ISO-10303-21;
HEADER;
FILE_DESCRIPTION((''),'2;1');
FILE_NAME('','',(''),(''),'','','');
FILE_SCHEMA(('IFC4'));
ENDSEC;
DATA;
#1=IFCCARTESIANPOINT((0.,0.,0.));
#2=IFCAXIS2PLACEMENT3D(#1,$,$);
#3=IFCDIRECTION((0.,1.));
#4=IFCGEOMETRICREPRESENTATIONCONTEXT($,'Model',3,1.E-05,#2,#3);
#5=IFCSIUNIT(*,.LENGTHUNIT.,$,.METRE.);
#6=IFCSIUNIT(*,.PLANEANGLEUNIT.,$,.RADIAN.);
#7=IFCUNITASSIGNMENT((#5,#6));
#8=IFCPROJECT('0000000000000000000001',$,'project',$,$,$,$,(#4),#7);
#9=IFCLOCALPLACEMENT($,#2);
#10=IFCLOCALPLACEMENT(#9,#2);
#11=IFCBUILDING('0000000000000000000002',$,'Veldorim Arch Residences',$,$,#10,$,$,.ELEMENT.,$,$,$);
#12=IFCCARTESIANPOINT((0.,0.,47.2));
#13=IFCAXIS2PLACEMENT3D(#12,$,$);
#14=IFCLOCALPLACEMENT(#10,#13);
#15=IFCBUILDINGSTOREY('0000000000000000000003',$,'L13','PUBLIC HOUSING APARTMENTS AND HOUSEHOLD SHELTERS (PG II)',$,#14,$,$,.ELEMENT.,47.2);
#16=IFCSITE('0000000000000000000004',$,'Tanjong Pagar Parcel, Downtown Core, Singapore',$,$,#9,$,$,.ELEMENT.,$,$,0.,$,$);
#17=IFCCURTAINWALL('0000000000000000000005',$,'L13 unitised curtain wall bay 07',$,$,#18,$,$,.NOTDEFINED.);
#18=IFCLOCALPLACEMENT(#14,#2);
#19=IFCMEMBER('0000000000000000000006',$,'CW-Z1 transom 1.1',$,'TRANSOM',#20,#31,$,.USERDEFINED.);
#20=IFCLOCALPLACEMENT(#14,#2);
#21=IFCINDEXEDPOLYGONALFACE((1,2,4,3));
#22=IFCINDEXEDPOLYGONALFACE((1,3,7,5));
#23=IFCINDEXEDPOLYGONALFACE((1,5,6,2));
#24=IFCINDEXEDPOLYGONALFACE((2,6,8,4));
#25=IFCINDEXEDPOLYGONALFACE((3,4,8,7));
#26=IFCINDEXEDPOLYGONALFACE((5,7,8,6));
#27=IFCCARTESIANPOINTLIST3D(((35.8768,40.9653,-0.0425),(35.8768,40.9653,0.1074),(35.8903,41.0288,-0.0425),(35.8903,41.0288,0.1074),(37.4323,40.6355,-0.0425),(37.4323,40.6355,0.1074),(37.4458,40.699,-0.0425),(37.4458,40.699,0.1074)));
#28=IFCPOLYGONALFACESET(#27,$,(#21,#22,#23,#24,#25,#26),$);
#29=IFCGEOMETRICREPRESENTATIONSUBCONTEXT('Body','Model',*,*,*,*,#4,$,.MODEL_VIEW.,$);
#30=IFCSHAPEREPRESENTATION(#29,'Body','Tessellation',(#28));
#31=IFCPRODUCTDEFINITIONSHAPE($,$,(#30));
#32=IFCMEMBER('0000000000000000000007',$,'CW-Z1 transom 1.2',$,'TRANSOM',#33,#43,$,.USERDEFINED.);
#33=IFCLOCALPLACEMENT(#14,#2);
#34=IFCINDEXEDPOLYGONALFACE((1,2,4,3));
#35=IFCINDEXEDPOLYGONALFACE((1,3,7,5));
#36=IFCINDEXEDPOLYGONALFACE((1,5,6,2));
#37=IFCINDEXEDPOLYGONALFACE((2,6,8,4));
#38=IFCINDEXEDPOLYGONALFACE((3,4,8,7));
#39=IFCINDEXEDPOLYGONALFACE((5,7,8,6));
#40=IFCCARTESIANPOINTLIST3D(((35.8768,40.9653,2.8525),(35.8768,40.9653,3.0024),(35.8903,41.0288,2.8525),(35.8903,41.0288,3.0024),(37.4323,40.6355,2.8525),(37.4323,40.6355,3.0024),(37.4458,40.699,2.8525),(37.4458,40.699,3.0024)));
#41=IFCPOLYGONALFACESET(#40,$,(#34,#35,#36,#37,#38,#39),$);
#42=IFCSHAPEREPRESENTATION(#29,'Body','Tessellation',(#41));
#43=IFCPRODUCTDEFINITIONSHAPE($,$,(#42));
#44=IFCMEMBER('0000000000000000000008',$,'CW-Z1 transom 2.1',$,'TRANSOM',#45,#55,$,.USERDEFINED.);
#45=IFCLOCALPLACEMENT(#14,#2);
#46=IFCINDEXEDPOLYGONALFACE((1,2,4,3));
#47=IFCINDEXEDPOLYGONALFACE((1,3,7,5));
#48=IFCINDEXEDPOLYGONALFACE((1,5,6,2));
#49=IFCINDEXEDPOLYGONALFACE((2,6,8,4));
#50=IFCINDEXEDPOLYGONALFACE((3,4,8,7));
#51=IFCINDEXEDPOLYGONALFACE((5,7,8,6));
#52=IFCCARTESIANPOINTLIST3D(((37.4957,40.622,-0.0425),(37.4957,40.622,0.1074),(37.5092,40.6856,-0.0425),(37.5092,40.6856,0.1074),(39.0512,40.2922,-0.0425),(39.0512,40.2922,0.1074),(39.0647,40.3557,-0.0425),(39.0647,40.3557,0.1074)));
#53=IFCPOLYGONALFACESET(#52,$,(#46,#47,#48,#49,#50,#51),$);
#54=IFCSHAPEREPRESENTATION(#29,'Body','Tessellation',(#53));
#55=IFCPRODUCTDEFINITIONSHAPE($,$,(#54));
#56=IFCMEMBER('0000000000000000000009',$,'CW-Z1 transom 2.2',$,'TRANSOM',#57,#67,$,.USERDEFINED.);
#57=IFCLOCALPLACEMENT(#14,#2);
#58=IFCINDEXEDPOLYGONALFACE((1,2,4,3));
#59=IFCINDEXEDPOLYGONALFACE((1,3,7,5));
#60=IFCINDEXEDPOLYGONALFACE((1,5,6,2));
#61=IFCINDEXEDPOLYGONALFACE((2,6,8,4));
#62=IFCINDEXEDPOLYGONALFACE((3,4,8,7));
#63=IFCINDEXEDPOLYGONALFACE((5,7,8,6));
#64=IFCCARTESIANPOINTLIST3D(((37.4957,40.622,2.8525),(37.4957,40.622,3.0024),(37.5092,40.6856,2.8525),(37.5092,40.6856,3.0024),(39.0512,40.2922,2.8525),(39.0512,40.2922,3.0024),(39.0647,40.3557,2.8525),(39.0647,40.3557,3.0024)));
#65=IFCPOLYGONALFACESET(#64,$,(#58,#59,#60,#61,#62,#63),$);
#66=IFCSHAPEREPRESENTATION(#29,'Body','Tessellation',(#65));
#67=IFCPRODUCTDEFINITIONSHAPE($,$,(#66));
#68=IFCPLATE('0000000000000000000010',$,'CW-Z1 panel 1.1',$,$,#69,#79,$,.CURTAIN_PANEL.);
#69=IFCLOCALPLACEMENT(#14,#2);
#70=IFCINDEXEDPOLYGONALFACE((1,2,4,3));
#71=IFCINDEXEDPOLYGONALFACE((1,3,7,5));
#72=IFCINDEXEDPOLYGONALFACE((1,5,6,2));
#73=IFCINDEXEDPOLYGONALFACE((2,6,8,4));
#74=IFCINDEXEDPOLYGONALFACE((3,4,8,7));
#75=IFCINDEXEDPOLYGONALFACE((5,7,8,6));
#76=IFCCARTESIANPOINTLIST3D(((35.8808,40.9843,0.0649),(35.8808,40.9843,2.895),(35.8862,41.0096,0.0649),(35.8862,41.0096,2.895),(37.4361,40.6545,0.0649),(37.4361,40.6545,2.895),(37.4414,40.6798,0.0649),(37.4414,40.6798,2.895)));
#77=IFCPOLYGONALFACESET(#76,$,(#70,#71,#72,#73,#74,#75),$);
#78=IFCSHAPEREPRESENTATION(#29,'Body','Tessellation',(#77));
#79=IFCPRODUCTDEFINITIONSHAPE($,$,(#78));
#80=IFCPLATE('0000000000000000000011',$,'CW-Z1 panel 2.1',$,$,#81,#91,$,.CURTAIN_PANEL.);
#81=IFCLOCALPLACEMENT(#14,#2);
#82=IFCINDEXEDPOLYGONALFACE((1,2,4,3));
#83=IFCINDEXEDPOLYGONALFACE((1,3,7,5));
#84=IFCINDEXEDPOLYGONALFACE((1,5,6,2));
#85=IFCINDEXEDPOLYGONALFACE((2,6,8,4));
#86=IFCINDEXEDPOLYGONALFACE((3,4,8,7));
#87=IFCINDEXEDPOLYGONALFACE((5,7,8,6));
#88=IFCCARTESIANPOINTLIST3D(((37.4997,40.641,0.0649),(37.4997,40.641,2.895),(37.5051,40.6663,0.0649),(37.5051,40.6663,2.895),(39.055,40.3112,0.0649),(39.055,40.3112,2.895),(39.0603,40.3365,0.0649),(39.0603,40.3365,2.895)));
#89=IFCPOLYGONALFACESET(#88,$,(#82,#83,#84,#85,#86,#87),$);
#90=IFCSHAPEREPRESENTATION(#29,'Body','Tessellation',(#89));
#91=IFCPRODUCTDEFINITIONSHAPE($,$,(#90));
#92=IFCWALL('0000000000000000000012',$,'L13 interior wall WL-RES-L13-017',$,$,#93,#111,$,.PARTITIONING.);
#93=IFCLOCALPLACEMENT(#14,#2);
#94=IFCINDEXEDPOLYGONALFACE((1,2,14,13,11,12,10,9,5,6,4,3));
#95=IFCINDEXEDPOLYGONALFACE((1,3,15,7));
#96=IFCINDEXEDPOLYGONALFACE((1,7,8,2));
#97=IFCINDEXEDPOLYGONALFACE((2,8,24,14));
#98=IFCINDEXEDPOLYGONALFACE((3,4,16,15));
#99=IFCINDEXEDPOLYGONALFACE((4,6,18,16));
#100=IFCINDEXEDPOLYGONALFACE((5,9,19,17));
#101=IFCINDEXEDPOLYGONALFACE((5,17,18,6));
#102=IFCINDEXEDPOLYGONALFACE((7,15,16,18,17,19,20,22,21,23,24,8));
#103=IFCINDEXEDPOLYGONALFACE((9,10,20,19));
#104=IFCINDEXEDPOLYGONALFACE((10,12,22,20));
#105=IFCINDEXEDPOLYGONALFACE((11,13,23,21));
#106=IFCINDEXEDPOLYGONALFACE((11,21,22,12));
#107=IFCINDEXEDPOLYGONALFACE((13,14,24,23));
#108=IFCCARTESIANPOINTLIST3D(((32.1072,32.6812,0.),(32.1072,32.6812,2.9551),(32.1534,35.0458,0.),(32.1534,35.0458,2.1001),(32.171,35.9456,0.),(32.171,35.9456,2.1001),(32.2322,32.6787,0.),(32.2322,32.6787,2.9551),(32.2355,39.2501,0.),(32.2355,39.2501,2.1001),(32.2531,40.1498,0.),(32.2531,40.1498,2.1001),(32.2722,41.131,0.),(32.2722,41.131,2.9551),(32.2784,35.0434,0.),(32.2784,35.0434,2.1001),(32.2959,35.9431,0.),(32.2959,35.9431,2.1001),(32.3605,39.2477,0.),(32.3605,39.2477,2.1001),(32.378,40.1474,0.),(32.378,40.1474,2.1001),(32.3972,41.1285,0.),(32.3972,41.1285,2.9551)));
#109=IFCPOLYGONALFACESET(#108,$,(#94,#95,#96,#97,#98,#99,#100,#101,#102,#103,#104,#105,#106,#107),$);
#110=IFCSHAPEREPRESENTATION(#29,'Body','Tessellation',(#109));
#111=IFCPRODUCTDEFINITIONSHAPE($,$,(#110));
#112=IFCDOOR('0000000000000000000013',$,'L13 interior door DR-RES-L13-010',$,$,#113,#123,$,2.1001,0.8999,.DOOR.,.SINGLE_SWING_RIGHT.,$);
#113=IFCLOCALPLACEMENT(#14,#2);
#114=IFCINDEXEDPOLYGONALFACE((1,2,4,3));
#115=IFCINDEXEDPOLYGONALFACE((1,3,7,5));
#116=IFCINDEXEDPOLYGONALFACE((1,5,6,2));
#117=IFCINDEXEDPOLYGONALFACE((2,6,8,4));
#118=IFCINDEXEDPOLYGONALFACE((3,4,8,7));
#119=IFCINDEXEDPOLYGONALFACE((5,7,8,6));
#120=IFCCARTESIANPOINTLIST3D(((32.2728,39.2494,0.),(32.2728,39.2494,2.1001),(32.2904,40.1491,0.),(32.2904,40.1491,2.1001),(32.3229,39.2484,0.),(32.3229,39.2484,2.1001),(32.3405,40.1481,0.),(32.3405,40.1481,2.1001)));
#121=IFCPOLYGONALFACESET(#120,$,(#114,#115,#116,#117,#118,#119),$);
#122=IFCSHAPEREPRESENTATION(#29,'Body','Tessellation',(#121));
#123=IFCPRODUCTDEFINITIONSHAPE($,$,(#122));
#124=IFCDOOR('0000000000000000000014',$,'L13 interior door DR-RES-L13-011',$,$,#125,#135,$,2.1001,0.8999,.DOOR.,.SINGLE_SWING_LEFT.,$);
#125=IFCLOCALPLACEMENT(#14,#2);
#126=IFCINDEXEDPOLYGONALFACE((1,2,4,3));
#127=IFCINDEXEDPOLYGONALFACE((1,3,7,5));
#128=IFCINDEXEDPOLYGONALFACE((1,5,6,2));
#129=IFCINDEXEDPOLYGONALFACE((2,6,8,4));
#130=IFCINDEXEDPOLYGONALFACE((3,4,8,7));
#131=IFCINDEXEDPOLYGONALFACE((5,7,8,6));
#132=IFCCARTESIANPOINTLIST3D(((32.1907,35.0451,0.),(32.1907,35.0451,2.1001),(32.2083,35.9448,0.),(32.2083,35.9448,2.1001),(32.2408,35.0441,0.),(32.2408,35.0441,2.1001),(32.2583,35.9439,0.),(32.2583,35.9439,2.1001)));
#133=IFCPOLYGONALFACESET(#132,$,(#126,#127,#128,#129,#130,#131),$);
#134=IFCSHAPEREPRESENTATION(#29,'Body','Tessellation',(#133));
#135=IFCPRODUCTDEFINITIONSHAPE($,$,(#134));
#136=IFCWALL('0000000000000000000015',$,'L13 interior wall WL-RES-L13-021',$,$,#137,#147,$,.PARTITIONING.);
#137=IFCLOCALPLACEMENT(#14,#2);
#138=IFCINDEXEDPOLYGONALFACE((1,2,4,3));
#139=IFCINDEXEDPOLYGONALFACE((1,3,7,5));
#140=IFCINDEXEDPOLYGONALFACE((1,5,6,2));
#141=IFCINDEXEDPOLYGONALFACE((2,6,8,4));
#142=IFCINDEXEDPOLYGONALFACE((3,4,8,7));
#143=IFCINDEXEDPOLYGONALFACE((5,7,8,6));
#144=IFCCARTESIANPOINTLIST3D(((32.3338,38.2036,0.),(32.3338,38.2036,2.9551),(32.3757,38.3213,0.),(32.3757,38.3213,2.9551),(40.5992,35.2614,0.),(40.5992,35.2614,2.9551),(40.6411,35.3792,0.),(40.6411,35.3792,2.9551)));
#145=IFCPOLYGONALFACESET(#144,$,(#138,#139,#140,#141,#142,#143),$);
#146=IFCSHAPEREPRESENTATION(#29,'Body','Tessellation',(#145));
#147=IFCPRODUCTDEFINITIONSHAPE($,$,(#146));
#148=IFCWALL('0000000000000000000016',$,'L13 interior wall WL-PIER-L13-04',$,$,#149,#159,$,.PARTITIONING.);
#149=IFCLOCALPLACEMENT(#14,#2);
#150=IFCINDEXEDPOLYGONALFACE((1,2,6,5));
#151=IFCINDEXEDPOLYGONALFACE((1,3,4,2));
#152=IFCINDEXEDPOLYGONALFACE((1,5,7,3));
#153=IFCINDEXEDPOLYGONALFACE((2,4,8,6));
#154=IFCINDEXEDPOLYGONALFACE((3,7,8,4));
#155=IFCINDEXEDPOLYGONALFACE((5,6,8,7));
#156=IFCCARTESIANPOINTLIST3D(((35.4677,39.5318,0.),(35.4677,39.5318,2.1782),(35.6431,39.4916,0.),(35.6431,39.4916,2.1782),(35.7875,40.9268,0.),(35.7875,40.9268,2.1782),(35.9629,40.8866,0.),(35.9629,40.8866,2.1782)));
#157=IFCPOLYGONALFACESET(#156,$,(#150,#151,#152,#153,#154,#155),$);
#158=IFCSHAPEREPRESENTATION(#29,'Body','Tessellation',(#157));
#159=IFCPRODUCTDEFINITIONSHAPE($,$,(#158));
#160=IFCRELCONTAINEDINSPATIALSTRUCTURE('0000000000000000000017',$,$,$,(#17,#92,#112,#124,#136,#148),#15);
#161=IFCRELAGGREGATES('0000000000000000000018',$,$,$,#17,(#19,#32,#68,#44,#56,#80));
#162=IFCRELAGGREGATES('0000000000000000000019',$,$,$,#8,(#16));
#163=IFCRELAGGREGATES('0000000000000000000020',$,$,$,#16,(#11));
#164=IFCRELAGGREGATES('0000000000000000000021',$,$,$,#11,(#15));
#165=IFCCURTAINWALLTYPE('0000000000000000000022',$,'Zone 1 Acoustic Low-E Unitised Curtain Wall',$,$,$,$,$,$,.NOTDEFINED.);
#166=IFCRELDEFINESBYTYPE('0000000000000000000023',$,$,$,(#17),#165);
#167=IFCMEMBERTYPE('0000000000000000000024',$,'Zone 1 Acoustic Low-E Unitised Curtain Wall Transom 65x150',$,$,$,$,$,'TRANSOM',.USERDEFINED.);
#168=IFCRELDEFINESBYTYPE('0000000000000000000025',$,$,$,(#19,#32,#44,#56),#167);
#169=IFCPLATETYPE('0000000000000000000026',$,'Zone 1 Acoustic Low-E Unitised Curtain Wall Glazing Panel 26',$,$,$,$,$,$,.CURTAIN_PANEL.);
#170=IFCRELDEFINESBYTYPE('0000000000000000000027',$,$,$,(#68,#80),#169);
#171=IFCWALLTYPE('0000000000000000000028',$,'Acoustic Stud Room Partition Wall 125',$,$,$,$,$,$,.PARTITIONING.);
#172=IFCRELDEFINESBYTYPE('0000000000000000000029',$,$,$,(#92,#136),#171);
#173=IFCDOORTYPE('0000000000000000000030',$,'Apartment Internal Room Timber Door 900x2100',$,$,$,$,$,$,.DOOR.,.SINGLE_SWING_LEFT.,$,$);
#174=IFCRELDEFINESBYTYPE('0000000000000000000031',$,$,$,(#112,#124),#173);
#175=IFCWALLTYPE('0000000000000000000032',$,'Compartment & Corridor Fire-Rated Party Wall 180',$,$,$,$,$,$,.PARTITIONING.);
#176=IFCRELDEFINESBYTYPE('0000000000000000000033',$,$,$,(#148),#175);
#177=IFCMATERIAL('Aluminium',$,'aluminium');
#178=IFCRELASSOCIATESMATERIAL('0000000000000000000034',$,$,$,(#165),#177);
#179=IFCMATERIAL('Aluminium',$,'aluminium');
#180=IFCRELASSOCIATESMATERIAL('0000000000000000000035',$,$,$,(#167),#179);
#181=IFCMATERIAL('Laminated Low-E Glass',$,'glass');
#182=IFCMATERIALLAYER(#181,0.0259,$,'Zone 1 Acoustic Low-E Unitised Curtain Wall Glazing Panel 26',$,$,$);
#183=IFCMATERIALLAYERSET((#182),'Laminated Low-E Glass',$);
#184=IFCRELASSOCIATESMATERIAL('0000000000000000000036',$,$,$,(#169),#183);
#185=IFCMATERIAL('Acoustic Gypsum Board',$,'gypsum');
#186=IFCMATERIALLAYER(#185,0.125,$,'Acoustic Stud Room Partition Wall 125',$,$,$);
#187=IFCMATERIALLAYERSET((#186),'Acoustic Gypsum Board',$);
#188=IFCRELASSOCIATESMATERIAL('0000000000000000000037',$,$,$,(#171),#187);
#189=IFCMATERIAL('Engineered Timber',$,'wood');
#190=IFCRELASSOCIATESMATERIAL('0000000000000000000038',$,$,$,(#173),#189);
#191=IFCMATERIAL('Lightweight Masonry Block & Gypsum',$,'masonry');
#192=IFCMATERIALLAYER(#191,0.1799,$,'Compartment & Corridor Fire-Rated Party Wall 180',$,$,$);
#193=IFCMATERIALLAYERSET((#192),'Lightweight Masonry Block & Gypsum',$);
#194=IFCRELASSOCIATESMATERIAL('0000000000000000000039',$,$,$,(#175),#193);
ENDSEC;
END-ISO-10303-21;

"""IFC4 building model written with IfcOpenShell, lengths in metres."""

from ifc_helpers import new_model, si_unit, direction, frame, frame_2d, origin, origin_2d, place, context, subcontext, project, spatial, rectangle, extrude, material, layer, layer_set, material_profile, profile_set, type_object, element, fill, aggregate, save


model = new_model("IFC4")

# Units and contexts
model_context = context("Model", 3, precision=1e-05, world=origin(), true_north=direction((0.0, 1.0)))
body_context = subcontext(model_context, "Body", "Model", "MODEL_VIEW")
ifc_project = project(units=[si_unit("LENGTHUNIT", "METRE"), si_unit("PLANEANGLEUNIT", "RADIAN")], contexts=[model_context])

# Site, building, storey
site_placement = place(None, origin())
site = spatial("IfcSite", under=ifc_project, at=site_placement, Name="Tanjong Pagar Parcel, Downtown Core, Singapore", CompositionType="ELEMENT", RefElevation=0.0)
building_placement = place(site_placement, origin())
building = spatial("IfcBuilding", under=site, at=building_placement, Name="Veldorim Arch Residences", CompositionType="ELEMENT")
storey_placement = place(building_placement, frame((0.0, 0.0, 47.2)))
storey = spatial("IfcBuildingStorey", under=building, at=storey_placement, Name="L13", Description="PUBLIC HOUSING APARTMENTS AND HOUSEHOLD SHELTERS (PG II)", CompositionType="ELEMENT", Elevation=47.2)

# Curtain wall, members, plates
ifc_material_1 = material(Name="Aluminium", Category="aluminium")
curtain_wall_type = type_object("IfcCurtainWallType", Name="Zone 1 Acoustic Low-E Unitised Curtain Wall", PredefinedType="NOTDEFINED", material=ifc_material_1)
curtain_wall_placement = place(storey_placement, origin())
curtain_wall = element("IfcCurtainWall", 1, at=curtain_wall_placement, inside=storey, type_object=curtain_wall_type, Name="L13 unitised curtain wall bay 07", PredefinedType="NOTDEFINED")
ifc_material_2 = material(Name="Aluminium", Category="aluminium")
ifc_material_profile_1 = material_profile(ifc_material_2, rectangle(XDim=0.0649, YDim=0.1499, at=origin_2d()), Name="ALU_TRN_65x150")
ifc_profile_set_1 = profile_set([ifc_material_profile_1], Name="Aluminium")
member_type_1 = type_object("IfcMemberType", Name="Zone 1 Acoustic Low-E Unitised Curtain Wall Transom 65x150", ElementType="TRANSOM", PredefinedType="USERDEFINED", material=ifc_profile_set_1)
member_1_placement = place(storey_placement, frame((35.8835, 40.9971, 0.0325), z_axis=(0.978247, -0.207442, 0.0), x_axis=(0.207442, 0.978247, 0.0)))
member_1 = element("IfcMember", 2, at=member_1_placement, type_object=member_type_1, Name="CW-Z1 transom 1.1", ObjectType="TRANSOM", PredefinedType="USERDEFINED", context=body_context, shape_type="SweptSolid", body=[
    extrude(rectangle(XDim=0.0649, YDim=0.1499, at=origin_2d()), origin(), (0.0, 0.0, 1.0), 1.5901),
])
member_2_placement = place(storey_placement, frame((35.8835, 40.9971, 2.9275), z_axis=(0.978247, -0.207442, 0.0), x_axis=(0.207442, 0.978247, 0.0)))
member_2 = element("IfcMember", 3, at=member_2_placement, type_object=member_type_1, Name="CW-Z1 transom 1.2", ObjectType="TRANSOM", PredefinedType="USERDEFINED", context=body_context, shape_type="SweptSolid", body=[
    extrude(rectangle(XDim=0.0649, YDim=0.1499, at=origin_2d()), origin(), (0.0, 0.0, 1.0), 1.5901),
])
member_3_placement = place(storey_placement, frame((37.5024, 40.6538, 0.0325), z_axis=(0.978247, -0.207442, 0.0), x_axis=(0.207442, 0.978247, 0.0)))
member_3 = element("IfcMember", 4, at=member_3_placement, type_object=member_type_1, Name="CW-Z1 transom 2.1", ObjectType="TRANSOM", PredefinedType="USERDEFINED", context=body_context, shape_type="SweptSolid", body=[
    extrude(rectangle(XDim=0.0649, YDim=0.1499, at=origin_2d()), origin(), (0.0, 0.0, 1.0), 1.5901),
])
member_4_placement = place(storey_placement, frame((37.5024, 40.6538, 2.9275), z_axis=(0.978247, -0.207442, 0.0), x_axis=(0.207442, 0.978247, 0.0)))
member_4 = element("IfcMember", 5, at=member_4_placement, type_object=member_type_1, Name="CW-Z1 transom 2.2", ObjectType="TRANSOM", PredefinedType="USERDEFINED", context=body_context, shape_type="SweptSolid", body=[
    extrude(rectangle(XDim=0.0649, YDim=0.1499, at=origin_2d()), origin(), (0.0, 0.0, 1.0), 1.5901),
])
ifc_material_3 = material(Name="Laminated Low-E Glass", Category="glass")
ifc_layer_1 = layer(ifc_material_3, 0.0259, Name="Zone 1 Acoustic Low-E Unitised Curtain Wall Glazing Panel 26")
ifc_layer_set_1 = layer_set([ifc_layer_1], Name="Laminated Low-E Glass")
plate_type = type_object("IfcPlateType", Name="Zone 1 Acoustic Low-E Unitised Curtain Wall Glazing Panel 26", PredefinedType="CURTAIN_PANEL", material=ifc_layer_set_1)
plate_1_placement = place(storey_placement, frame((36.6611, 40.832, 0.0649), z_axis=(0.0, 0.0, 1.0), x_axis=(0.978247, -0.207442, 0.0)))
plate_1 = element("IfcPlate", 6, at=plate_1_placement, type_object=plate_type, Name="CW-Z1 panel 1.1", PredefinedType="CURTAIN_PANEL", context=body_context, shape_type="SweptSolid", body=[
    extrude(rectangle(XDim=1.5898, YDim=0.0259, at=origin_2d()), origin(), (0.0, 0.0, 1.0), 2.8301),
])
plate_2_placement = place(storey_placement, frame((38.28, 40.4888, 0.0649), z_axis=(0.0, 0.0, 1.0), x_axis=(0.978247, -0.207442, 0.0)))
plate_2 = element("IfcPlate", 7, at=plate_2_placement, type_object=plate_type, Name="CW-Z1 panel 2.1", PredefinedType="CURTAIN_PANEL", context=body_context, shape_type="SweptSolid", body=[
    extrude(rectangle(XDim=1.5898, YDim=0.0259, at=origin_2d()), origin(), (0.0, 0.0, 1.0), 2.8301),
])
aggregate(curtain_wall, [member_1, member_2, plate_1, member_3, member_4, plate_2])

# Wall, openings, doors
ifc_material_4 = material(Name="Acoustic Gypsum Board", Category="gypsum")
ifc_layer_2 = layer(ifc_material_4, 0.125, Name="Acoustic Stud Room Partition Wall 125")
ifc_layer_set_2 = layer_set([ifc_layer_2], Name="Acoustic Gypsum Board")
wall_type_1 = type_object("IfcWallType", Name="Acoustic Stud Room Partition Wall 125", PredefinedType="PARTITIONING", material=ifc_layer_set_2)
wall_1_placement = place(storey_placement, frame((32.3347, 41.1296, 0.0), z_axis=(0.0, 0.0, 1.0), x_axis=(-0.019528, -0.999809, 0.0)))
wall_1 = element("IfcWall", 8, at=wall_1_placement, inside=storey, type_object=wall_type_1, Name="L13 interior wall WL-RES-L13-017", PredefinedType="PARTITIONING", context=body_context, shape_type="SweptSolid", body=[
    extrude(rectangle(XDim=8.4514, YDim=0.125, at=frame_2d((4.2256, 0.0))), origin(), (0.0, 0.0, 1.0), 2.9551),
])
opening_1_placement = place(wall_1_placement, frame((0.9812, 0.0, 0.0)))
opening_1 = element("IfcOpeningElement", 9, at=opening_1_placement, cuts=wall_1, PredefinedType="OPENING", context=body_context, shape_type="SweptSolid", body=[
    extrude(rectangle(XDim=0.8999, YDim=2.1001, at=frame_2d((0.45, 1.05))), frame((0.0, 0.0725, 0.0), z_axis=(0.0, -1.0, 0.0), x_axis=(1.0, 0.0, 0.0)), (0.0, 0.0, 1.0), 0.145),
])
opening_2_placement = place(wall_1_placement, frame((5.1863, 0.0, 0.0)))
opening_2 = element("IfcOpeningElement", 10, at=opening_2_placement, cuts=wall_1, PredefinedType="OPENING", context=body_context, shape_type="SweptSolid", body=[
    extrude(rectangle(XDim=0.8999, YDim=2.1001, at=frame_2d((0.45, 1.05))), frame((0.0, 0.0725, 0.0), z_axis=(0.0, -1.0, 0.0), x_axis=(1.0, 0.0, 0.0)), (0.0, 0.0, 1.0), 0.145),
])
ifc_material_5 = material(Name="Engineered Timber", Category="wood")
door_type = type_object("IfcDoorType", Name="Apartment Internal Room Timber Door 900x2100", OperationType="SINGLE_SWING_LEFT", PredefinedType="DOOR", material=ifc_material_5)
door_1_placement = place(opening_1_placement, origin())
door_1 = element("IfcDoor", 11, at=door_1_placement, inside=storey, type_object=door_type, Name="L13 interior door DR-RES-L13-010", OperationType="SINGLE_SWING_RIGHT", OverallHeight=2.1001, OverallWidth=0.8999, PredefinedType="DOOR", context=body_context, shape_type="SweptSolid", body=[
    extrude(rectangle(XDim=0.8999, YDim=2.1001, at=frame_2d((0.45, 1.05))), frame((0.0, 0.0249, 0.0), z_axis=(0.0, -1.0, 0.0), x_axis=(1.0, 0.0, 0.0)), (0.0, 0.0, 1.0), 0.05),
])
fill(opening_1, door_1)
door_2_placement = place(opening_2_placement, origin())
door_2 = element("IfcDoor", 12, at=door_2_placement, inside=storey, type_object=door_type, Name="L13 interior door DR-RES-L13-011", OperationType="SINGLE_SWING_LEFT", OverallHeight=2.1001, OverallWidth=0.8999, PredefinedType="DOOR", context=body_context, shape_type="SweptSolid", body=[
    extrude(rectangle(XDim=0.8999, YDim=2.1001, at=frame_2d((0.45, 1.05))), frame((0.0, 0.0249, 0.0), z_axis=(0.0, -1.0, 0.0), x_axis=(1.0, 0.0, 0.0)), (0.0, 0.0, 1.0), 0.05),
])
fill(opening_2, door_2)

# Walls
wall_2_placement = place(storey_placement, frame((40.6201, 35.3203, 0.0), z_axis=(0.0, 0.0, 1.0), x_axis=(-0.942095, 0.335347, 0.0)))
element("IfcWall", 13, at=wall_2_placement, inside=storey, type_object=wall_type_1, Name="L13 interior wall WL-RES-L13-021", PredefinedType="PARTITIONING", context=body_context, shape_type="SweptSolid", body=[
    extrude(rectangle(XDim=8.7734, YDim=0.125, at=frame_2d((4.3867, 0.0))), origin(), (0.0, 0.0, 1.0), 2.9551),
])
ifc_material_6 = material(Name="Lightweight Masonry Block & Gypsum", Category="masonry")
ifc_layer_3 = layer(ifc_material_6, 0.1799, Name="Compartment & Corridor Fire-Rated Party Wall 180")
ifc_layer_set_3 = layer_set([ifc_layer_3], Name="Lightweight Masonry Block & Gypsum")
wall_type_2 = type_object("IfcWallType", Name="Compartment & Corridor Fire-Rated Party Wall 180", PredefinedType="PARTITIONING", material=ifc_layer_set_3)
wall_3_placement = place(storey_placement, frame((35.5554, 39.5117, 0.0), z_axis=(0.0, 0.0, 1.0), x_axis=(0.223464, 0.974712, 0.0)))
element("IfcWall", 14, at=wall_3_placement, inside=storey, type_object=wall_type_2, Name="L13 interior wall WL-PIER-L13-04", PredefinedType="PARTITIONING", context=body_context, shape_type="SweptSolid", body=[
    extrude(rectangle(XDim=1.4312, YDim=0.1799, at=frame_2d((0.7156, 0.0))), origin(), (0.0, 0.0, 1.0), 2.1782),
])

save(model, "model.ifc")
